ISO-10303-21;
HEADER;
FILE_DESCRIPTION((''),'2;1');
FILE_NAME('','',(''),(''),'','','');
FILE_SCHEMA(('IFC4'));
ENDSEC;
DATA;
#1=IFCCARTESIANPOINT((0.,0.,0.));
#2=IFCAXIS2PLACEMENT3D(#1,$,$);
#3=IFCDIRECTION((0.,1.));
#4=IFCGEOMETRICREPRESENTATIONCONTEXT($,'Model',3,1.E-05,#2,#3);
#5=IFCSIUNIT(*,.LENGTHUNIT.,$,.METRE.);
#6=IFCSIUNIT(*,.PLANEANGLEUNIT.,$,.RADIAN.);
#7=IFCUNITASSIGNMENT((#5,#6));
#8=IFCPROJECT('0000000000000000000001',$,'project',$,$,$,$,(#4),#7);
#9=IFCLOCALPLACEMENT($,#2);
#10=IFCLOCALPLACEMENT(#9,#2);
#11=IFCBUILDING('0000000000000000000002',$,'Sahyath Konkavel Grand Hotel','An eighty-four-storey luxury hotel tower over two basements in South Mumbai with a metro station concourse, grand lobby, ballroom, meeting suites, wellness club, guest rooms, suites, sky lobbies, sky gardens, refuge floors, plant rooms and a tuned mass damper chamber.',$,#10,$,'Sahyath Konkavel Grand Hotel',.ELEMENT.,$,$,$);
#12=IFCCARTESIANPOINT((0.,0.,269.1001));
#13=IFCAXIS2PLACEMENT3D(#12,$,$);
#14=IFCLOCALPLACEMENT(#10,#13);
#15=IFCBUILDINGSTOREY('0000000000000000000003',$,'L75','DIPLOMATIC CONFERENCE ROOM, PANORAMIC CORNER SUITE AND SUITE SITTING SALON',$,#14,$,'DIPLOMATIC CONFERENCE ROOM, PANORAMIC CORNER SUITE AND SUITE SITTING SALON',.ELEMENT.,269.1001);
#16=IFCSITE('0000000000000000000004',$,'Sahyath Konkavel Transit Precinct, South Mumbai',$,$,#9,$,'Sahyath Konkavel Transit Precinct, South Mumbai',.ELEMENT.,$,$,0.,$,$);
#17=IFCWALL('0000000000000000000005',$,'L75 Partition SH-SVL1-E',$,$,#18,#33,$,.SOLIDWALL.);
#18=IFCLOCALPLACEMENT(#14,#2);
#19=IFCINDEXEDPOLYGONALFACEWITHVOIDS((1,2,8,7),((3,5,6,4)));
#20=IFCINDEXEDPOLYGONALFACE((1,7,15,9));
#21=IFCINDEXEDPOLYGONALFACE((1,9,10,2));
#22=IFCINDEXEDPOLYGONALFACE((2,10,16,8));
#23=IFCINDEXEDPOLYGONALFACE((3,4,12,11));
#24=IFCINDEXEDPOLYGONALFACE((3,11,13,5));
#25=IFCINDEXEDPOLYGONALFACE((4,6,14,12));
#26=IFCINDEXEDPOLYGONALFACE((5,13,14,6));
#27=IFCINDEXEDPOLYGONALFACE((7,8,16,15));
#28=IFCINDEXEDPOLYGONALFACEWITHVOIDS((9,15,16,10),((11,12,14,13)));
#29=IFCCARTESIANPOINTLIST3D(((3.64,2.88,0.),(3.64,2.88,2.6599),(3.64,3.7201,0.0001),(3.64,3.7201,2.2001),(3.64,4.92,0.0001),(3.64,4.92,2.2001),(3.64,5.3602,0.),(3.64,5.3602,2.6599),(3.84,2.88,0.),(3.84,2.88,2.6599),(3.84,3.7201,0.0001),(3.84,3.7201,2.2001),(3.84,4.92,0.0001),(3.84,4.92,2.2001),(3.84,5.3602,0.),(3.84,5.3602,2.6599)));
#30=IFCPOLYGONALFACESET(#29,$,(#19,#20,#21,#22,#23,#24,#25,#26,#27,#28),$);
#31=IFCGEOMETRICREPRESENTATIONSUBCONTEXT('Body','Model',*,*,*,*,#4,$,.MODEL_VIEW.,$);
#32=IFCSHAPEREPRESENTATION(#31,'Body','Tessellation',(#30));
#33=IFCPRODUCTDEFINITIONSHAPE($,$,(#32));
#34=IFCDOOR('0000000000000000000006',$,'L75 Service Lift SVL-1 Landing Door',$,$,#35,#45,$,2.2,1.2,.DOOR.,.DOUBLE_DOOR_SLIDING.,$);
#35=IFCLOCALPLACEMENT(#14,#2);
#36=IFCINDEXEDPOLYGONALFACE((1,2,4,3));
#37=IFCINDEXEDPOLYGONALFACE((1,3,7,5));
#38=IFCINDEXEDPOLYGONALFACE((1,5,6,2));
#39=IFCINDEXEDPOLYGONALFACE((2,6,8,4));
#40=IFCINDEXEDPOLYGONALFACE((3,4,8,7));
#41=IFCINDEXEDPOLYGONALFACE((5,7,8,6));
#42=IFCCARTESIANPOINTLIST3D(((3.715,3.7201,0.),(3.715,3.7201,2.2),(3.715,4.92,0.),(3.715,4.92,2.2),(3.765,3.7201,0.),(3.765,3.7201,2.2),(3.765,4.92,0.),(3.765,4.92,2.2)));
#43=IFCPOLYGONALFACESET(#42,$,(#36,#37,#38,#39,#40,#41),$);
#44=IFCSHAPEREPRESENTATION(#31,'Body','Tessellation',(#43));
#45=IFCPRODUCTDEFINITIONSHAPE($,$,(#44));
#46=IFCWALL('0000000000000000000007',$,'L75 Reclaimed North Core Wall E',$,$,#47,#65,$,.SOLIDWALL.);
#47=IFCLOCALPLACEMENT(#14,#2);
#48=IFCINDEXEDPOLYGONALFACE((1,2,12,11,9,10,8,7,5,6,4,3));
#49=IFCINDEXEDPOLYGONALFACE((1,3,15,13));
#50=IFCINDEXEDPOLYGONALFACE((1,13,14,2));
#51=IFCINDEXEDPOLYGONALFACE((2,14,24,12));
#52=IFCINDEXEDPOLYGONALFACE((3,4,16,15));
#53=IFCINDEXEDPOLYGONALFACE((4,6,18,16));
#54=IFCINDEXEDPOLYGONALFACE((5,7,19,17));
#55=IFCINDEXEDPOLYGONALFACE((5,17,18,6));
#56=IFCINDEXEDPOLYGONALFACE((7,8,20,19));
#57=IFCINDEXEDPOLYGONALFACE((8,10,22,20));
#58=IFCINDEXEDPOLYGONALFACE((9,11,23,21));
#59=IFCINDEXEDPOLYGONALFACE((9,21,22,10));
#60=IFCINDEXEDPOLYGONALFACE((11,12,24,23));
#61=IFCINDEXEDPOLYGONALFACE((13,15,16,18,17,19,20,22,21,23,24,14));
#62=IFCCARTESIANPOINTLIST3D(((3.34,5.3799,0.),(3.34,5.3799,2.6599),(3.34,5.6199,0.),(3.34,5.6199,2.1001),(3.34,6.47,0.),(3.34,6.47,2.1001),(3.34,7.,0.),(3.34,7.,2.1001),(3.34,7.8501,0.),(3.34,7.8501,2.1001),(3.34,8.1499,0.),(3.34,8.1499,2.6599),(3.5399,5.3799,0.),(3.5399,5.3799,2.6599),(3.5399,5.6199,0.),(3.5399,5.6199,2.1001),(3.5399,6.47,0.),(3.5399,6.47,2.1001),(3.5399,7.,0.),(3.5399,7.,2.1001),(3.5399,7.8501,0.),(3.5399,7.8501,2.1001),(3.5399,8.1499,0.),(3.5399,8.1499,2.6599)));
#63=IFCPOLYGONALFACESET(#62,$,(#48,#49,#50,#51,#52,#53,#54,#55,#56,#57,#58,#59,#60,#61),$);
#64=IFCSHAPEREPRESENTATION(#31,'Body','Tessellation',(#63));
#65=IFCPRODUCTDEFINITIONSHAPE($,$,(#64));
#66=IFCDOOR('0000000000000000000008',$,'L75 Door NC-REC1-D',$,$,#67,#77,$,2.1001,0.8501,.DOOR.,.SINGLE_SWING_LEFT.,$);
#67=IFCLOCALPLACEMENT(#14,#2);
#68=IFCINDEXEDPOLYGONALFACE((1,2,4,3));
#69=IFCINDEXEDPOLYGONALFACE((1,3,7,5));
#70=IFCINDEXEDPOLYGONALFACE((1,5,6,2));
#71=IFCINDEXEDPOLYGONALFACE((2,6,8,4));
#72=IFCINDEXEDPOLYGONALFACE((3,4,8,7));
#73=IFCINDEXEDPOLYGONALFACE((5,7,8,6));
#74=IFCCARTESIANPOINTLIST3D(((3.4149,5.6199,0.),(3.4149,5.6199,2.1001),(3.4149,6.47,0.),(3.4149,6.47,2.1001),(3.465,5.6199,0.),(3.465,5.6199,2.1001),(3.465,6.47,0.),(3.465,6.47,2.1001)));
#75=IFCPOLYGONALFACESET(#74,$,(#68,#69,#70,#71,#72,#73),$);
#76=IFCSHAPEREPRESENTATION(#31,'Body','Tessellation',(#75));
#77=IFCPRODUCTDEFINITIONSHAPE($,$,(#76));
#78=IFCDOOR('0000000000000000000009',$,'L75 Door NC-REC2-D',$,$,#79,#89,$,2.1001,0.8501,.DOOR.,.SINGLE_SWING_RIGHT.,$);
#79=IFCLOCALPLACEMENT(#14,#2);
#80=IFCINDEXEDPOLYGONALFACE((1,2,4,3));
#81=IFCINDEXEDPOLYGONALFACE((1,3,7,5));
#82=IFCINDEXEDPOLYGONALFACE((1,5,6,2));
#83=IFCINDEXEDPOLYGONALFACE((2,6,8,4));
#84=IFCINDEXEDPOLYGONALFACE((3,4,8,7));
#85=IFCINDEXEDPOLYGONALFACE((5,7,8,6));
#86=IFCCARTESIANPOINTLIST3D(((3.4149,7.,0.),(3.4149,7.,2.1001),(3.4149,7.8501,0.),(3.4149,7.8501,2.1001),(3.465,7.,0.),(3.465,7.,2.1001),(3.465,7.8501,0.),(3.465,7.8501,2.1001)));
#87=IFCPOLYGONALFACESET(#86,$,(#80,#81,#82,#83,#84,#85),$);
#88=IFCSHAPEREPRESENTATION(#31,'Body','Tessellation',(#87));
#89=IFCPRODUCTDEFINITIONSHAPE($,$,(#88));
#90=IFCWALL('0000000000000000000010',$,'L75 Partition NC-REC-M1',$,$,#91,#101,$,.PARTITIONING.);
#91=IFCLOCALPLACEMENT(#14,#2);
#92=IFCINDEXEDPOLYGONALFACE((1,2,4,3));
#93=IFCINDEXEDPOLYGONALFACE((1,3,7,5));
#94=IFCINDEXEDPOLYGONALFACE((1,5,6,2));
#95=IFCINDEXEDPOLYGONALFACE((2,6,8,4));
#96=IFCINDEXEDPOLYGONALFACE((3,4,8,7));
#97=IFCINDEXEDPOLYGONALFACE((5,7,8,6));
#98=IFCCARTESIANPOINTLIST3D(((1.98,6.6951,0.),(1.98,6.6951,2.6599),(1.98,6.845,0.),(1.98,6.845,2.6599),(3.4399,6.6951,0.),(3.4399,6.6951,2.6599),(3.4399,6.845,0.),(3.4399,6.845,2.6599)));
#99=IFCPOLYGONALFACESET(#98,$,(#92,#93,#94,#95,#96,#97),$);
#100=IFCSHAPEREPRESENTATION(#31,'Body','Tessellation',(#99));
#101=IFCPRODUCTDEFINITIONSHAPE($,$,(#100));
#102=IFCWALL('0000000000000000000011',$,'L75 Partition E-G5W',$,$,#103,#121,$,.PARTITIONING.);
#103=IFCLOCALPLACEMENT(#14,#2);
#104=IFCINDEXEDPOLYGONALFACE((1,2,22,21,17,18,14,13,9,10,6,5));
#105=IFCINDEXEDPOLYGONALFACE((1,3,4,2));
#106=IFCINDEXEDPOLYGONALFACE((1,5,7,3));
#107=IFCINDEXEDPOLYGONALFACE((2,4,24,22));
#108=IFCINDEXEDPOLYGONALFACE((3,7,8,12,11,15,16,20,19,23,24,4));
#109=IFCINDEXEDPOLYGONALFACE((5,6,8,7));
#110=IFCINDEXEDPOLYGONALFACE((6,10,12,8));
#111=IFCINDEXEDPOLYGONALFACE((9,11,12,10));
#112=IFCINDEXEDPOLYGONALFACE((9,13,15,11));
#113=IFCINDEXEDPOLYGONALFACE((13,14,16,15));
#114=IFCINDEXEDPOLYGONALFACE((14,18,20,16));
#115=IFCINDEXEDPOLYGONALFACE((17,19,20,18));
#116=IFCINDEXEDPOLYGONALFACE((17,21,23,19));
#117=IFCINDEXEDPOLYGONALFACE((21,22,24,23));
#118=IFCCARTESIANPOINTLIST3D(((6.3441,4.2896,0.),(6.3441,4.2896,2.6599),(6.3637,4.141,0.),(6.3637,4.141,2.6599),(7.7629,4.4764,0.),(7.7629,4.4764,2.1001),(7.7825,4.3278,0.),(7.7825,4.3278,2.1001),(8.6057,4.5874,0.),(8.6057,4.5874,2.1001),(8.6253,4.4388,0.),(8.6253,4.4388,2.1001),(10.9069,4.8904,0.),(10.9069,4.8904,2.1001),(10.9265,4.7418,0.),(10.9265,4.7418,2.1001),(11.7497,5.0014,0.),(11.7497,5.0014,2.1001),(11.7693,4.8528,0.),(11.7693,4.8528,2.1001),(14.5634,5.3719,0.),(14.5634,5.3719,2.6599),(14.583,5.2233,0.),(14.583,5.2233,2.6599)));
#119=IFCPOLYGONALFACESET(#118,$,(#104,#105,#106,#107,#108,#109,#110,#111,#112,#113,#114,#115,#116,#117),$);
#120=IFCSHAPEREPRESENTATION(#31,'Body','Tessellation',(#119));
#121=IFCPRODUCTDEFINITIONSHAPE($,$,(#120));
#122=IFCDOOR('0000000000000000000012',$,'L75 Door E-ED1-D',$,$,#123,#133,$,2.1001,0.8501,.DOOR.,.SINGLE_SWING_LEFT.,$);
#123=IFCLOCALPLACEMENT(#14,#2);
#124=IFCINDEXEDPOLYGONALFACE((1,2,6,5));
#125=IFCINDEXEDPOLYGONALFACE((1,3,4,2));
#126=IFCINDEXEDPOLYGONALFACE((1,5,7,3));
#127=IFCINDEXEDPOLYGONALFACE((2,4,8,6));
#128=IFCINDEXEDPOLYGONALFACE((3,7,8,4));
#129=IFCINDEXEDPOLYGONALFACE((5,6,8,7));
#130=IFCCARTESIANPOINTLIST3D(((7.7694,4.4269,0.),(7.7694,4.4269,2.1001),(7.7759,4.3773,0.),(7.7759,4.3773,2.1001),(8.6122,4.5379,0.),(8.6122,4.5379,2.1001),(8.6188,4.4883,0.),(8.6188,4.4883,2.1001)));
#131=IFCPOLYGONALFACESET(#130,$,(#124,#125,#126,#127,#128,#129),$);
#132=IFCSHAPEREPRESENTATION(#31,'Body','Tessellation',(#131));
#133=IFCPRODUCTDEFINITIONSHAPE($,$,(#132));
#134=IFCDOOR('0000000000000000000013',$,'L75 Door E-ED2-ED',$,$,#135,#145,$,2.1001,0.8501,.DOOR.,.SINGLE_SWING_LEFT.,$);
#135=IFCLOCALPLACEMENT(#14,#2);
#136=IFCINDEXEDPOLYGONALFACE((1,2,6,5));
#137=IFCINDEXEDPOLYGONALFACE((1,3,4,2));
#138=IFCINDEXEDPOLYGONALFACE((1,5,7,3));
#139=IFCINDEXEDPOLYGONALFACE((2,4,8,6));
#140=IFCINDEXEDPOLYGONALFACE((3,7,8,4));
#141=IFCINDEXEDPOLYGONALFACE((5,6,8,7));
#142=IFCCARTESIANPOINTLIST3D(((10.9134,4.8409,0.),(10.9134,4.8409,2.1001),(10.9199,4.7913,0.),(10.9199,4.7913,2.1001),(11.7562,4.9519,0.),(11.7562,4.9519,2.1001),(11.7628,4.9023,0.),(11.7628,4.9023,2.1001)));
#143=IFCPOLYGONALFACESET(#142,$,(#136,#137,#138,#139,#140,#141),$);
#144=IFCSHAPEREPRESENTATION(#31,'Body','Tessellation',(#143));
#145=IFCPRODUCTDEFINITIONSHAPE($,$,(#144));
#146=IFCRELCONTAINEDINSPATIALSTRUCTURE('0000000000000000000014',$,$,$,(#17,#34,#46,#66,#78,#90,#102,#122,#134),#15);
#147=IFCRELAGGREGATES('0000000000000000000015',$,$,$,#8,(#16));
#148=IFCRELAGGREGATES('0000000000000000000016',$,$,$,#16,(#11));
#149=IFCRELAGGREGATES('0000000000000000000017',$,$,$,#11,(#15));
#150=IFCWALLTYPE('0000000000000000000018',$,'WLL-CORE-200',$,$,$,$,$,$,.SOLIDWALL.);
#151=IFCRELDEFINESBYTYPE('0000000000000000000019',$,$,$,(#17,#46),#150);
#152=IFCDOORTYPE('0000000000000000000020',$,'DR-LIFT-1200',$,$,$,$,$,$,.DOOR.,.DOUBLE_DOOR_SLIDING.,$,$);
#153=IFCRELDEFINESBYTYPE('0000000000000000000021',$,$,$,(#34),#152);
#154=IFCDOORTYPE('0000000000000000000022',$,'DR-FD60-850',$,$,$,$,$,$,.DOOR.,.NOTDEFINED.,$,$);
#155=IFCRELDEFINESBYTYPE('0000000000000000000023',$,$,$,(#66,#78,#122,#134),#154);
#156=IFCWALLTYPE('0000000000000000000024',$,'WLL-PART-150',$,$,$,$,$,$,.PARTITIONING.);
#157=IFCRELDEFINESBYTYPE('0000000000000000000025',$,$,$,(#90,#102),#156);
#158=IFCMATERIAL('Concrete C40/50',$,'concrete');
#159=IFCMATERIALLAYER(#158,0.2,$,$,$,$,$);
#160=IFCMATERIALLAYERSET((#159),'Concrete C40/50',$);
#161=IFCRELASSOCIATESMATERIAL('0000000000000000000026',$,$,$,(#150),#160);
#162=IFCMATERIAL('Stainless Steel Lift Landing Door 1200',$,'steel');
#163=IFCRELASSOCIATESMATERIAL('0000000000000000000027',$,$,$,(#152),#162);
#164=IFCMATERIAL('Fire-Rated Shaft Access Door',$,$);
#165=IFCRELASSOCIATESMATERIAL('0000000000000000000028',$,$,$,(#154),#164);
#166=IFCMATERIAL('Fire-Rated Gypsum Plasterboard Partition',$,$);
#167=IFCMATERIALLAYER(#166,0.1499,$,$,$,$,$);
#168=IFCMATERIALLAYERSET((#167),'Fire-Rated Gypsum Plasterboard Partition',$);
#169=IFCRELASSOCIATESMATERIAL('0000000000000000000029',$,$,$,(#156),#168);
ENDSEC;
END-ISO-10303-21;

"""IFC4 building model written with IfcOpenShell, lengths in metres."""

from ifc_helpers import new_model, si_unit, direction, frame, frame_2d, origin, origin_2d, place, context, subcontext, project, spatial, rectangle, extrude, source, transform, mapped, material, layer, layer_set, type_object, element, fill, save


model = new_model("IFC4")

# Units and contexts
model_context = context("Model", 3, precision=1e-05, world=origin(), true_north=direction((0.0, 1.0)))
body_context = subcontext(model_context, "Body", "Model", "MODEL_VIEW")
ifc_project = project(units=[si_unit("LENGTHUNIT", "METRE"), si_unit("PLANEANGLEUNIT", "RADIAN")], contexts=[model_context])

# Site, building, storey
site_placement = place(None, origin())
site = spatial("IfcSite", under=ifc_project, at=site_placement, Name="Sahyath Konkavel Transit Precinct, South Mumbai", LongName="Sahyath Konkavel Transit Precinct, South Mumbai", CompositionType="ELEMENT", RefElevation=0.0)
building_placement = place(site_placement, origin())
building = spatial("IfcBuilding", under=site, at=building_placement, Name="Sahyath Konkavel Grand Hotel", Description="An eighty-four-storey luxury hotel tower over two basements in South Mumbai with a metro station concourse, grand lobby, ballroom, meeting suites, wellness club, guest rooms, suites, sky lobbies, sky gardens, refuge floors, plant rooms and a tuned mass damper chamber.", LongName="Sahyath Konkavel Grand Hotel", CompositionType="ELEMENT")
storey_placement = place(building_placement, frame((0.0, 0.0, 269.1001)))
storey = spatial("IfcBuildingStorey", under=building, at=storey_placement, Name="L75", Description="DIPLOMATIC CONFERENCE ROOM, PANORAMIC CORNER SUITE AND SUITE SITTING SALON", LongName="DIPLOMATIC CONFERENCE ROOM, PANORAMIC CORNER SUITE AND SUITE SITTING SALON", CompositionType="ELEMENT", Elevation=269.1001)

# Shared definitions
ifc_material_1 = material(Name="Concrete C40/50", Category="concrete")
ifc_layer_1 = layer(ifc_material_1, 0.2)
ifc_layer_set_1 = layer_set([ifc_layer_1], Name="Concrete C40/50")
wall_type_1 = type_object("IfcWallType", Name="WLL-CORE-200", PredefinedType="SOLIDWALL", material=ifc_layer_set_1)
shared_shape_1 = source(origin(), body_context, "Body", "SweptSolid", [
    extrude(rectangle(XDim=0.8501, YDim=0.05, at=origin_2d()), origin(), (0.0, 0.0, 1.0), 2.1001),
])

# Wall, opening, door
wall_1_placement = place(storey_placement, frame((3.74, 2.8799, 0.0), z_axis=(0.0, 0.0, 1.0), x_axis=(0.0, 1.0, 0.0)))
wall_1 = element("IfcWall", 1, at=wall_1_placement, inside=storey, type_object=wall_type_1, Name="L75 Partition SH-SVL1-E", PredefinedType="SOLIDWALL", context=body_context, shape_type="SweptSolid", body=[
    extrude(rectangle(XDim=2.4802, YDim=0.2, at=frame_2d((1.2402, 0.0))), origin(), (0.0, 0.0, 1.0), 2.6599),
])
opening_1_placement = place(wall_1_placement, frame((0.8401, 0.0, 0.0)))
opening_1 = element("IfcOpeningElement", 2, at=opening_1_placement, cuts=wall_1, PredefinedType="OPENING", context=body_context, shape_type="SweptSolid", body=[
    extrude(rectangle(XDim=1.2, YDim=2.2, at=frame_2d((0.6001, 1.1001))), frame((0.0, 0.1099, 0.0), z_axis=(0.0, -1.0, 0.0), x_axis=(1.0, 0.0, 0.0)), (0.0, 0.0, 1.0), 0.22),
])
ifc_material_2 = material(Name="Stainless Steel Lift Landing Door 1200", Category="steel")
door_type_1 = type_object("IfcDoorType", Name="DR-LIFT-1200", OperationType="DOUBLE_DOOR_SLIDING", PredefinedType="DOOR", material=ifc_material_2)
shared_shape_2 = source(origin(), body_context, "Body", "SweptSolid", [
    extrude(rectangle(XDim=1.2, YDim=0.05, at=origin_2d()), origin(), (0.0, 0.0, 1.0), 2.2),
])
door_1_placement = place(opening_1_placement, frame((0.6001, 0.0, 0.0)))
door_1 = element("IfcDoor", 3, at=door_1_placement, inside=storey, type_object=door_type_1, Name="L75 Service Lift SVL-1 Landing Door", OperationType="DOUBLE_DOOR_SLIDING", OverallHeight=2.2, OverallWidth=1.2, PredefinedType="DOOR", context=body_context, shape_type="MappedRepresentation", body=[
    mapped(shared_shape_2, transform((0.0, 0.0, 0.0), scale=1.0)),
])
fill(opening_1, door_1)

# Wall, openings, doors
wall_2_placement = place(storey_placement, frame((3.4399, 5.3799, 0.0), z_axis=(0.0, 0.0, 1.0), x_axis=(0.0, 1.0, 0.0)))
wall_2 = element("IfcWall", 4, at=wall_2_placement, inside=storey, type_object=wall_type_1, Name="L75 Reclaimed North Core Wall E", PredefinedType="SOLIDWALL", context=body_context, shape_type="SweptSolid", body=[
    extrude(rectangle(XDim=2.77, YDim=0.2, at=frame_2d((1.385, 0.0))), origin(), (0.0, 0.0, 1.0), 2.6599),
])
opening_2_placement = place(wall_2_placement, frame((0.24, 0.0, 0.0)))
opening_2 = element("IfcOpeningElement", 5, at=opening_2_placement, cuts=wall_2, PredefinedType="OPENING", context=body_context, shape_type="SweptSolid", body=[
    extrude(rectangle(XDim=0.8501, YDim=2.1001, at=frame_2d((0.425, 1.05))), frame((0.0, 0.1099, 0.0), z_axis=(0.0, -1.0, 0.0), x_axis=(1.0, 0.0, 0.0)), (0.0, 0.0, 1.0), 0.22),
])
opening_3_placement = place(wall_2_placement, frame((1.6201, 0.0, 0.0)))
opening_3 = element("IfcOpeningElement", 6, at=opening_3_placement, cuts=wall_2, PredefinedType="OPENING", context=body_context, shape_type="SweptSolid", body=[
    extrude(rectangle(XDim=0.8501, YDim=2.1001, at=frame_2d((0.425, 1.05))), frame((0.0, 0.1099, 0.0), z_axis=(0.0, -1.0, 0.0), x_axis=(1.0, 0.0, 0.0)), (0.0, 0.0, 1.0), 0.22),
])
ifc_material_3 = material(Name="Fire-Rated Shaft Access Door")
door_type_2 = type_object("IfcDoorType", Name="DR-FD60-850", OperationType="NOTDEFINED", PredefinedType="DOOR", material=ifc_material_3)
door_2_placement = place(opening_2_placement, frame((0.425, 0.0, 0.0)))
door_2 = element("IfcDoor", 7, at=door_2_placement, inside=storey, type_object=door_type_2, Name="L75 Door NC-REC1-D", OperationType="SINGLE_SWING_LEFT", OverallHeight=2.1001, OverallWidth=0.8501, PredefinedType="DOOR", context=body_context, shape_type="MappedRepresentation", body=[
    mapped(shared_shape_1, transform((0.0, 0.0, 0.0), scale=1.0)),
])
fill(opening_2, door_2)
door_3_placement = place(opening_3_placement, frame((0.425, 0.0, 0.0)))
door_3 = element("IfcDoor", 8, at=door_3_placement, inside=storey, type_object=door_type_2, Name="L75 Door NC-REC2-D", OperationType="SINGLE_SWING_RIGHT", OverallHeight=2.1001, OverallWidth=0.8501, PredefinedType="DOOR", context=body_context, shape_type="MappedRepresentation", body=[
    mapped(shared_shape_1, transform((0.0, 0.0, 0.0), scale=1.0)),
])
fill(opening_3, door_3)

# Wall
ifc_material_4 = material(Name="Fire-Rated Gypsum Plasterboard Partition")
ifc_layer_2 = layer(ifc_material_4, 0.1499)
ifc_layer_set_2 = layer_set([ifc_layer_2], Name="Fire-Rated Gypsum Plasterboard Partition")
wall_type_2 = type_object("IfcWallType", Name="WLL-PART-150", PredefinedType="PARTITIONING", material=ifc_layer_set_2)
wall_3_placement = place(storey_placement, frame((1.98, 6.77, 0.0), z_axis=(0.0, 0.0, 1.0), x_axis=(1.0, 0.0, 0.0)))
element("IfcWall", 9, at=wall_3_placement, inside=storey, type_object=wall_type_2, Name="L75 Partition NC-REC-M1", PredefinedType="PARTITIONING", context=body_context, shape_type="SweptSolid", body=[
    extrude(rectangle(XDim=1.46, YDim=0.1499, at=frame_2d((0.73, 0.0))), origin(), (0.0, 0.0, 1.0), 2.6599),
])

# Wall, openings, doors
wall_4_placement = place(storey_placement, frame((6.354, 4.2153, 0.0), z_axis=(0.0, 0.0, 1.0), x_axis=(0.991442, 0.130549, 0.0)))
wall_4 = element("IfcWall", 10, at=wall_4_placement, inside=storey, type_object=wall_type_2, Name="L75 Partition E-G5W", PredefinedType="PARTITIONING", context=body_context, shape_type="SweptSolid", body=[
    extrude(rectangle(XDim=8.2903, YDim=0.1499, at=frame_2d((4.145, 0.0))), origin(), (0.0, 0.0, 1.0), 2.6599),
])
opening_4_placement = place(wall_4_placement, frame((1.4309, 0.0, 0.0)))
opening_4 = element("IfcOpeningElement", 11, at=opening_4_placement, cuts=wall_4, PredefinedType="OPENING", context=body_context, shape_type="SweptSolid", body=[
    extrude(rectangle(XDim=0.8501, YDim=2.1001, at=frame_2d((0.425, 1.05))), frame((0.0, 0.085, 0.0), z_axis=(0.0, -1.0, 0.0), x_axis=(1.0, 0.0, 0.0)), (0.0, 0.0, 1.0), 0.1699),
])
opening_5_placement = place(wall_4_placement, frame((4.6021, 0.0, 0.0)))
opening_5 = element("IfcOpeningElement", 12, at=opening_5_placement, cuts=wall_4, PredefinedType="OPENING", context=body_context, shape_type="SweptSolid", body=[
    extrude(rectangle(XDim=0.8501, YDim=2.1001, at=frame_2d((0.425, 1.05))), frame((0.0, 0.085, 0.0), z_axis=(0.0, -1.0, 0.0), x_axis=(1.0, 0.0, 0.0)), (0.0, 0.0, 1.0), 0.1699),
])
door_4_placement = place(opening_4_placement, frame((0.425, 0.0, 0.0)))
door_4 = element("IfcDoor", 13, at=door_4_placement, inside=storey, type_object=door_type_2, Name="L75 Door E-ED1-D", OperationType="SINGLE_SWING_LEFT", OverallHeight=2.1001, OverallWidth=0.8501, PredefinedType="DOOR", context=body_context, shape_type="MappedRepresentation", body=[
    mapped(shared_shape_1, transform((0.0, 0.0, 0.0), scale=1.0)),
])
fill(opening_4, door_4)
door_5_placement = place(opening_5_placement, frame((0.425, 0.0, 0.0)))
door_5 = element("IfcDoor", 14, at=door_5_placement, inside=storey, type_object=door_type_2, Name="L75 Door E-ED2-ED", OperationType="SINGLE_SWING_LEFT", OverallHeight=2.1001, OverallWidth=0.8501, PredefinedType="DOOR", context=body_context, shape_type="MappedRepresentation", body=[
    mapped(shared_shape_1, transform((0.0, 0.0, 0.0), scale=1.0)),
])
fill(opening_5, door_5)

save(model, "model.ifc")
